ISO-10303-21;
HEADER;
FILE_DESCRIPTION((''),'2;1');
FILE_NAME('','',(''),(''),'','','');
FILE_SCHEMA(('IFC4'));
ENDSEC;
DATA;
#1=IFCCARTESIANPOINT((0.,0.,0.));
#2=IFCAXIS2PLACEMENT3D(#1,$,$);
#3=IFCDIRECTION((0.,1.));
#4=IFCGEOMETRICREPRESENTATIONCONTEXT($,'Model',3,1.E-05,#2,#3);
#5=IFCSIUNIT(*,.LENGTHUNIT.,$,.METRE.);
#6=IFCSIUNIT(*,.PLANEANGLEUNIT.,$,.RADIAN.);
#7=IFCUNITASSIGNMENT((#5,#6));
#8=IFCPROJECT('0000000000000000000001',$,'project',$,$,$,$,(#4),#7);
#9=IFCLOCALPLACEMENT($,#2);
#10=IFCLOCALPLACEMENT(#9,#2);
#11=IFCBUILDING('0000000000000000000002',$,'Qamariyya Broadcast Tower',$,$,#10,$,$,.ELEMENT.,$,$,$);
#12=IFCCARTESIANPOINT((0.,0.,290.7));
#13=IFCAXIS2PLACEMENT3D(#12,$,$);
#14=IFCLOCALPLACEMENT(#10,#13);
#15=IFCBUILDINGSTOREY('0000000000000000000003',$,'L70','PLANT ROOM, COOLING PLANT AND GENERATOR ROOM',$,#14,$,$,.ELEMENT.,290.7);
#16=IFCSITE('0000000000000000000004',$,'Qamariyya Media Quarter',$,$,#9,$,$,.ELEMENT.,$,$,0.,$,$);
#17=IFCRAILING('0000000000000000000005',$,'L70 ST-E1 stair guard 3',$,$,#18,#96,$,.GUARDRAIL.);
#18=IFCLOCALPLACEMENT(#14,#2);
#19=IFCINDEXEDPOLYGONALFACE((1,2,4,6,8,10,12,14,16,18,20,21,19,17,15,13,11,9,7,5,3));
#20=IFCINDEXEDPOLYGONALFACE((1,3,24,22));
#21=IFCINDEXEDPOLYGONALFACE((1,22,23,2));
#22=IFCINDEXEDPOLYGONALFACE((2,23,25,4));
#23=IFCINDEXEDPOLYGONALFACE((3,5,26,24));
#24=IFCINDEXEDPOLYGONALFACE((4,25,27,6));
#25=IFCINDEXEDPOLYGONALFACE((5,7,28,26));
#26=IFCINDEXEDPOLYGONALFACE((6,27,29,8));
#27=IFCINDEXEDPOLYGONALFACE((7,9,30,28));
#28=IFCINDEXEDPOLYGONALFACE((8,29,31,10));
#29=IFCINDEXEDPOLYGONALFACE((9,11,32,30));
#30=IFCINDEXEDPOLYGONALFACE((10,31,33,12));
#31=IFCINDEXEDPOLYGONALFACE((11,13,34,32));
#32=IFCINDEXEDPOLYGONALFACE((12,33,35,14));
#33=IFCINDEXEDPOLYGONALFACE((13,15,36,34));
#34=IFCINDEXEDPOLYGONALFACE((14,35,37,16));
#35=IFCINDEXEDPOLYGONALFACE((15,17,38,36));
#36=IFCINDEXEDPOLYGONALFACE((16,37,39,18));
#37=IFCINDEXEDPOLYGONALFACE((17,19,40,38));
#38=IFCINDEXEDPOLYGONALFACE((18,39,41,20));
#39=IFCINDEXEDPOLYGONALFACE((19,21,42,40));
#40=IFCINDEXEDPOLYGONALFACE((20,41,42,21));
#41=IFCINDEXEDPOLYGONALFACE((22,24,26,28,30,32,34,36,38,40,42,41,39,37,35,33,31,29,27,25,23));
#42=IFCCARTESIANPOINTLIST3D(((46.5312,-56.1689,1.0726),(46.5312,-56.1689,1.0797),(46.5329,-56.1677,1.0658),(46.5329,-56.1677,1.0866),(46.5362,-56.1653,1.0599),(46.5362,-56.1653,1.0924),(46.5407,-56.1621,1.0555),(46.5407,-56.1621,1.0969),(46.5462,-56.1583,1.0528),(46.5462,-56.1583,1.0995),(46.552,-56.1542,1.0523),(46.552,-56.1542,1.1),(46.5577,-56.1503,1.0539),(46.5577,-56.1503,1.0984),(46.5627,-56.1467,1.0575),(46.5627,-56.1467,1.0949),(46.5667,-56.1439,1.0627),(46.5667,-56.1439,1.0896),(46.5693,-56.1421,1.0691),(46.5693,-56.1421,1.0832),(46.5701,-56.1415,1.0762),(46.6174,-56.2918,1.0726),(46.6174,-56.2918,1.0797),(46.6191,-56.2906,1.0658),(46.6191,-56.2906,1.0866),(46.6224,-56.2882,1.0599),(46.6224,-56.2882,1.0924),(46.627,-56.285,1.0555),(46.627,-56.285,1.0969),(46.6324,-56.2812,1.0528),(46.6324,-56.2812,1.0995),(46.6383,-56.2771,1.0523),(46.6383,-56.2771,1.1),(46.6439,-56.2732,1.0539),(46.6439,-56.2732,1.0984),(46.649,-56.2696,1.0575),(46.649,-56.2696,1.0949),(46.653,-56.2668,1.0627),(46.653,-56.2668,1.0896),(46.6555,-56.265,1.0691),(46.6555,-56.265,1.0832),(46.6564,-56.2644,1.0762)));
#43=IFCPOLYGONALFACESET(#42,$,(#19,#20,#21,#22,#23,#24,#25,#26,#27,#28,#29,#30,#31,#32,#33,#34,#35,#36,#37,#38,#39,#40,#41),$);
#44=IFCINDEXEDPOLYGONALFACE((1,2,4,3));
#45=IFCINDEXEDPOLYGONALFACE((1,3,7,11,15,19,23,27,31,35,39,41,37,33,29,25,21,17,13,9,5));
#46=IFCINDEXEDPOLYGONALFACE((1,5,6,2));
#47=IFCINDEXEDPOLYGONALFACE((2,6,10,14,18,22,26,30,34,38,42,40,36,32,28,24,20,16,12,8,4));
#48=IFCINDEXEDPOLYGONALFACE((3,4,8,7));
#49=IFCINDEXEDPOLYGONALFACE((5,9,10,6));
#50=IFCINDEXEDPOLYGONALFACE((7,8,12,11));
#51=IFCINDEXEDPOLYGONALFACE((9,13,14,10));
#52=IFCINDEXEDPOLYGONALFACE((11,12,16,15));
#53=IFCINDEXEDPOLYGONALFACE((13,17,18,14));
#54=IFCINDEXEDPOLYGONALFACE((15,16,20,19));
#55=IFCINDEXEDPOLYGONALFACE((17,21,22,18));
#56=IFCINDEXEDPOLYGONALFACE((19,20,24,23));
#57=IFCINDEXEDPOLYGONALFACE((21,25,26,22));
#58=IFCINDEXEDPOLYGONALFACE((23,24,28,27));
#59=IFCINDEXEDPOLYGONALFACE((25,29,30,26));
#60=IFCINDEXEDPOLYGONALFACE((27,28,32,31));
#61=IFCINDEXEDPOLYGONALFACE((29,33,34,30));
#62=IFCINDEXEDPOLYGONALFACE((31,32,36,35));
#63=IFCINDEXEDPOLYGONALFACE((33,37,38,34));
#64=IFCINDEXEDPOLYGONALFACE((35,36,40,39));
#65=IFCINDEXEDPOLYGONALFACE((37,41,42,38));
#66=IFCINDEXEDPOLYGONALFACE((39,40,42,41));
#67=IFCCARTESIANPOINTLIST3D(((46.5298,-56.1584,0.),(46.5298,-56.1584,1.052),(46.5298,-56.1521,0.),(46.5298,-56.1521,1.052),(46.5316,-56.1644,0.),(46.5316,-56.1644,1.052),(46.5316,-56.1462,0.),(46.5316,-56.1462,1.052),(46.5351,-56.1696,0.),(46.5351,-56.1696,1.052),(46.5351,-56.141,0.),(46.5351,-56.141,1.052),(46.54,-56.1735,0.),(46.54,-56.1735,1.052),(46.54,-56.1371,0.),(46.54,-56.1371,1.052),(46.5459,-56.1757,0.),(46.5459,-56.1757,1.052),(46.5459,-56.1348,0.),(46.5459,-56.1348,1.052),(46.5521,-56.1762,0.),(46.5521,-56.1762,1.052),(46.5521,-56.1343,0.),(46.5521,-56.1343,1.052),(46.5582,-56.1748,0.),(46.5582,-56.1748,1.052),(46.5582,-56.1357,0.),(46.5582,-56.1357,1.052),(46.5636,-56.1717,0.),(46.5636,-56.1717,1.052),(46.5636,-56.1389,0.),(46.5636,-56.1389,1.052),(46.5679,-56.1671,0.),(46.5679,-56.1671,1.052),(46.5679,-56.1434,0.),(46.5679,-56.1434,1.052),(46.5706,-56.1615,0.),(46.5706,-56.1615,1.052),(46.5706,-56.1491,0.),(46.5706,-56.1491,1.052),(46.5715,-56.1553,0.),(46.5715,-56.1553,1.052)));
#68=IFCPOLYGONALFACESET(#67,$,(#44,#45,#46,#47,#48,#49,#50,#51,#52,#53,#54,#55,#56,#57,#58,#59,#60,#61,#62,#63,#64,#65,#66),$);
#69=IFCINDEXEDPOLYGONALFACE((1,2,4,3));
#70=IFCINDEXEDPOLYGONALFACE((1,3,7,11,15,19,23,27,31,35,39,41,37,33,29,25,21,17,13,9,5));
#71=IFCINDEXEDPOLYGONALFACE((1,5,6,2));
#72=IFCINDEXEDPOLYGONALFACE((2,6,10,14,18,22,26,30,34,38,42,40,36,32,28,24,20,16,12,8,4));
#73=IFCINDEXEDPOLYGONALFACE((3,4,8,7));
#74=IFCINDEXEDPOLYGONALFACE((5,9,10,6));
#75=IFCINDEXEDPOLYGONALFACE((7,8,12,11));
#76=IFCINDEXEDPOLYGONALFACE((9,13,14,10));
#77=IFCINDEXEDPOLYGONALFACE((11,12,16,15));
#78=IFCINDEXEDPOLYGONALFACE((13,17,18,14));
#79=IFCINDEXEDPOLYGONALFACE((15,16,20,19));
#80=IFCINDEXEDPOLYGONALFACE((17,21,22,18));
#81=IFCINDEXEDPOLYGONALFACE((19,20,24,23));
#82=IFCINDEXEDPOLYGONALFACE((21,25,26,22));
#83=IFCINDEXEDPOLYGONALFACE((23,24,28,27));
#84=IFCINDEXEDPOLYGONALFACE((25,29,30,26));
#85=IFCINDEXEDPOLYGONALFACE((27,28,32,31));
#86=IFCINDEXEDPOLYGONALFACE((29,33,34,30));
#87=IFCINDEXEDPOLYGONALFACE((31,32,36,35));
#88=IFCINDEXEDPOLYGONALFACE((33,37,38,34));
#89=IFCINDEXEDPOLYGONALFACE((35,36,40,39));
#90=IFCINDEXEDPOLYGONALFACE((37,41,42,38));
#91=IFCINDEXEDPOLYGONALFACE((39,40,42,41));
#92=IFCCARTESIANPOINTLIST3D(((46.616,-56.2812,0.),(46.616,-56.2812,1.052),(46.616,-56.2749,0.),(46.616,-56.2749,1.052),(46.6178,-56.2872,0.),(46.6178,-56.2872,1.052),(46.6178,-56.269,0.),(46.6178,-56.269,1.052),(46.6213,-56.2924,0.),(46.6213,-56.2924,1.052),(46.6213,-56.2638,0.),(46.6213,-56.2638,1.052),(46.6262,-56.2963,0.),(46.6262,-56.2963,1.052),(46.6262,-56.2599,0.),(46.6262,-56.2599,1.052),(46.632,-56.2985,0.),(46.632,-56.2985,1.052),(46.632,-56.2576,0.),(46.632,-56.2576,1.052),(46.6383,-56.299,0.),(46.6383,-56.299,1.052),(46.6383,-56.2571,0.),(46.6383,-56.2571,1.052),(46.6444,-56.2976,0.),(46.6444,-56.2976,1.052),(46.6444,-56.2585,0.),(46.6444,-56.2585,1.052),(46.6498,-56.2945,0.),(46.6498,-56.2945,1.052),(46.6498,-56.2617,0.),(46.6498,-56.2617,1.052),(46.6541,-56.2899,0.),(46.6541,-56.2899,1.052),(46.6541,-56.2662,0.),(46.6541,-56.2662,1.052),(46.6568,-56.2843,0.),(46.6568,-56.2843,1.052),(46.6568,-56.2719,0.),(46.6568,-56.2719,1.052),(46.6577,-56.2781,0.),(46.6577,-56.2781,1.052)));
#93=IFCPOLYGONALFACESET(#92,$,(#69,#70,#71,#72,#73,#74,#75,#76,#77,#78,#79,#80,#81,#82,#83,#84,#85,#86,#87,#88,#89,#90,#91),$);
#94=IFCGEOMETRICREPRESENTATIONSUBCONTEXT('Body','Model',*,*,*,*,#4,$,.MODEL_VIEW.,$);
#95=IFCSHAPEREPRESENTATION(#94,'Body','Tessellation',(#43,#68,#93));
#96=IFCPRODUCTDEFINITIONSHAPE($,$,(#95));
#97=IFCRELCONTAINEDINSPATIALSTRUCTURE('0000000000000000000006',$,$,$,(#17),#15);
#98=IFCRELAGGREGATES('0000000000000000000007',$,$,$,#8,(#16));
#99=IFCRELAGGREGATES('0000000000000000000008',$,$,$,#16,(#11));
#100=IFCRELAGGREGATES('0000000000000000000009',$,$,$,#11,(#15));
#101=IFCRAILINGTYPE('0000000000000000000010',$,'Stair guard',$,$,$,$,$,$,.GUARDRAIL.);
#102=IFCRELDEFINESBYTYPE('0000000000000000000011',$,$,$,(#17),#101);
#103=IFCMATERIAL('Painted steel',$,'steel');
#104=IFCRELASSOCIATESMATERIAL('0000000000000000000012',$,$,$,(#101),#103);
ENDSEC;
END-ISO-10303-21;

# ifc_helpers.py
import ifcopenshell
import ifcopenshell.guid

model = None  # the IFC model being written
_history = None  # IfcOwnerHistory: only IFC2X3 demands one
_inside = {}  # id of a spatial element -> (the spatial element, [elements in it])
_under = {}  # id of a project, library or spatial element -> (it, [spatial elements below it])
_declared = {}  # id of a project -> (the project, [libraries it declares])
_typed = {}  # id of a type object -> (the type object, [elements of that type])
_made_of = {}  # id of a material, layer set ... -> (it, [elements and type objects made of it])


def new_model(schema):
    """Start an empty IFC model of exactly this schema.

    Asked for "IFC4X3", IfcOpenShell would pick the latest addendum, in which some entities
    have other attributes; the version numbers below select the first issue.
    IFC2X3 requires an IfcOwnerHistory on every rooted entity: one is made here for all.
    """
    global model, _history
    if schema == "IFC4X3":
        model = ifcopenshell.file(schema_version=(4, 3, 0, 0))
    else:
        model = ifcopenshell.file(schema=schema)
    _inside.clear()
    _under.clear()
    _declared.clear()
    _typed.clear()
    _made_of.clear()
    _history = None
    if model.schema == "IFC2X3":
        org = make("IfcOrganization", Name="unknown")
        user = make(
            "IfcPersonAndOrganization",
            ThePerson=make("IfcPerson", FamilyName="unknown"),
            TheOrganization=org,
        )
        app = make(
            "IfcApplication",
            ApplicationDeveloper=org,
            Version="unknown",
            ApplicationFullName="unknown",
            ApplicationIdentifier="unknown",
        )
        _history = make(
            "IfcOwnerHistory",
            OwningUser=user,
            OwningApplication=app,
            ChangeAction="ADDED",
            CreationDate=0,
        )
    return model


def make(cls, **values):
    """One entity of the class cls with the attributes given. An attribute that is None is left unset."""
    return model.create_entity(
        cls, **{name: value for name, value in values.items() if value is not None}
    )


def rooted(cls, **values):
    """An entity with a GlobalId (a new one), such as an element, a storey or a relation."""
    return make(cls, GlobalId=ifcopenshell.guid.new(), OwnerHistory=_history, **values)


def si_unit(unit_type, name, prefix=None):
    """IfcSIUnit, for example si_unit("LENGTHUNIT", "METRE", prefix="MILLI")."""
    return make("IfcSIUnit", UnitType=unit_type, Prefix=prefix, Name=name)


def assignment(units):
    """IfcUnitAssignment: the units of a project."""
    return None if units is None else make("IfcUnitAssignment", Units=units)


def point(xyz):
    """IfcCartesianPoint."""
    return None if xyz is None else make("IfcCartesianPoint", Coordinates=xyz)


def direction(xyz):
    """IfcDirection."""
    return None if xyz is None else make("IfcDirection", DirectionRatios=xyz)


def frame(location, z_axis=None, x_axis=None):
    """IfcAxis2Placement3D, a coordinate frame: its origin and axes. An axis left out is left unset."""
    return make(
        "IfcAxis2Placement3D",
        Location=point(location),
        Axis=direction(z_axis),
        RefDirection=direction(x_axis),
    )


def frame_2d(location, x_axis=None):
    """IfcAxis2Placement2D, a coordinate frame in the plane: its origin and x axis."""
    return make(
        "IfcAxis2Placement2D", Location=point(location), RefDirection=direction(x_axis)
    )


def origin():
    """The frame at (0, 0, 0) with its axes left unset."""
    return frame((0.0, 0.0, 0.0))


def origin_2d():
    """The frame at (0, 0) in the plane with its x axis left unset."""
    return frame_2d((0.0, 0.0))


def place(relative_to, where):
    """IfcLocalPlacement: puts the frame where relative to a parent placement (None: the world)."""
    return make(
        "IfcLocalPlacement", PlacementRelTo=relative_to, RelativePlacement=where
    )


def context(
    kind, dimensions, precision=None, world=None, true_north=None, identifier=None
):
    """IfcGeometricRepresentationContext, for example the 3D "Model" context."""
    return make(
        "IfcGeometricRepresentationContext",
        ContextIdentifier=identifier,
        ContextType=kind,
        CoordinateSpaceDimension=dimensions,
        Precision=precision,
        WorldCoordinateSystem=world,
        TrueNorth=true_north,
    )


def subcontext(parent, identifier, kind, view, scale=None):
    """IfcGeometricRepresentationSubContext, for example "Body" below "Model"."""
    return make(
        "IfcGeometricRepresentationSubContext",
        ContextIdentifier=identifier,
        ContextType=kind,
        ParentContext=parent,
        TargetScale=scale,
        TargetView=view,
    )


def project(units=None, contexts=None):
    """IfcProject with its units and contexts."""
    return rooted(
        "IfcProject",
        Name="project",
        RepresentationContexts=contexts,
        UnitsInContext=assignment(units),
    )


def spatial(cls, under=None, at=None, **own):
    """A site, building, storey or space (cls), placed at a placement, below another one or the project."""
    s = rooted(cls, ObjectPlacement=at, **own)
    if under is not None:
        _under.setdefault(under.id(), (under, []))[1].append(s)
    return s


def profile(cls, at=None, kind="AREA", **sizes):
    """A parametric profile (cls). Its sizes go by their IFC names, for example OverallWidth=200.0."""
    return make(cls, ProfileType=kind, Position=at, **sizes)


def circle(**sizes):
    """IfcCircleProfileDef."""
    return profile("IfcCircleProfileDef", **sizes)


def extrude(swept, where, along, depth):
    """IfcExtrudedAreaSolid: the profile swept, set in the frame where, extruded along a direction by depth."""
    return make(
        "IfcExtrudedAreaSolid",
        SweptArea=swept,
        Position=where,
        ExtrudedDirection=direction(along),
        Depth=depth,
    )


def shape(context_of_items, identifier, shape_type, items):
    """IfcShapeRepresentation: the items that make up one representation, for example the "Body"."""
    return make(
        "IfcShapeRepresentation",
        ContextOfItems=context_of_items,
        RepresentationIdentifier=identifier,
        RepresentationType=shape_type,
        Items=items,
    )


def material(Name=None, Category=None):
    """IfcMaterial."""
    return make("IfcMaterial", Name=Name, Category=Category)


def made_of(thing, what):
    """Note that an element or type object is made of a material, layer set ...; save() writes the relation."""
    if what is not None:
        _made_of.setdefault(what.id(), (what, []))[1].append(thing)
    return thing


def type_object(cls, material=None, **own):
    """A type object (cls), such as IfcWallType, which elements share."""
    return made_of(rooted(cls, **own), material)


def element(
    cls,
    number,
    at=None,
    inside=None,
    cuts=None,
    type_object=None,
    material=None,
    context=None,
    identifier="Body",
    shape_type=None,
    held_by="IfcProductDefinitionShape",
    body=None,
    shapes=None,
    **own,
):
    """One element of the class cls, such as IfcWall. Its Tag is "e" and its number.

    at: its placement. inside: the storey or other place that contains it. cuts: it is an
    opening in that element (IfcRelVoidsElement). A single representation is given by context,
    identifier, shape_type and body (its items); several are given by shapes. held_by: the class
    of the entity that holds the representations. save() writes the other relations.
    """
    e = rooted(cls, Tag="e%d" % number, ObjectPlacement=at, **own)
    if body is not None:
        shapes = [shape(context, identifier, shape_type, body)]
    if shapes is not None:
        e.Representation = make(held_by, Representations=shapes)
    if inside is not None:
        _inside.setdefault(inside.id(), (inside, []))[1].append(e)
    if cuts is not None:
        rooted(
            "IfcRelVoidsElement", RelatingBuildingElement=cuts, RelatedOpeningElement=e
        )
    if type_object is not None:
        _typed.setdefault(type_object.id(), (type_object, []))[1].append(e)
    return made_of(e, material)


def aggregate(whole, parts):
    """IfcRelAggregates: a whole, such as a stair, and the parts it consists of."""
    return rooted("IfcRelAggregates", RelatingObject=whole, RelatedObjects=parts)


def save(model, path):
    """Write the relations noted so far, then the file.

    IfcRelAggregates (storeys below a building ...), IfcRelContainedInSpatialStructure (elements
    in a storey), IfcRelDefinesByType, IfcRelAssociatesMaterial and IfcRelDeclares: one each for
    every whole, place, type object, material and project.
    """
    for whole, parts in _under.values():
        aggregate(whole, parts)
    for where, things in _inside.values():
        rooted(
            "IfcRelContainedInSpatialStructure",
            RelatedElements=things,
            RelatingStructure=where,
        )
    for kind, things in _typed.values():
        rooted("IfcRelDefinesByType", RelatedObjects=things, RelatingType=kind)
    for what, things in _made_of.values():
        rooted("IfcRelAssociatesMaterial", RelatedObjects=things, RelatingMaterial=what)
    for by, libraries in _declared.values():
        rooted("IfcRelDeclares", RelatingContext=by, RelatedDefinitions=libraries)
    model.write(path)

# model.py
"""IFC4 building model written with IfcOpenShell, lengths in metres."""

from ifc_helpers import new_model, si_unit, direction, frame, origin, origin_2d, place, context, subcontext, project, spatial, circle, extrude, material, type_object, element, save


model = new_model("IFC4")

# Units and contexts
model_context = context("Model", 3, precision=1e-05, world=origin(), true_north=direction((0.0, 1.0)))
body_context = subcontext(model_context, "Body", "Model", "MODEL_VIEW")
ifc_project = project(units=[si_unit("LENGTHUNIT", "METRE"), si_unit("PLANEANGLEUNIT", "RADIAN")], contexts=[model_context])

# Site, building, storey
site_placement = place(None, origin())
site = spatial("IfcSite", under=ifc_project, at=site_placement, Name="Qamariyya Media Quarter", CompositionType="ELEMENT", RefElevation=0.0)
building_placement = place(site_placement, origin())
building = spatial("IfcBuilding", under=site, at=building_placement, Name="Qamariyya Broadcast Tower", CompositionType="ELEMENT")
storey_placement = place(building_placement, frame((0.0, 0.0, 290.7)))
storey = spatial("IfcBuildingStorey", under=building, at=storey_placement, Name="L70", Description="PLANT ROOM, COOLING PLANT AND GENERATOR ROOM", CompositionType="ELEMENT", Elevation=290.7)

# Railing
ifc_material_1 = material(Name="Painted steel", Category="steel")
railing_type_1 = type_object("IfcRailingType", Name="Stair guard", PredefinedType="GUARDRAIL", material=ifc_material_1)
railing_1_placement = place(storey_placement, frame((46.5505, -56.1553, 0.0)))
element("IfcRailing", 1, at=railing_1_placement, inside=storey, type_object=railing_type_1, Name="L70 ST-E1 stair guard 3", PredefinedType="GUARDRAIL", context=body_context, shape_type="SweptSolid", body=[
    extrude(circle(Radius=0.0239, at=origin_2d()), frame((0.0, 0.0, 1.0762), z_axis=(0.574445, -0.818543, 0.0), x_axis=(0.818543, 0.574445, 0.0)), (0.0, 0.0, 1.0), 0.1501),
    extrude(circle(Radius=0.021, at=origin_2d()), origin(), (0.0, 0.0, 1.0), 1.052),
    extrude(circle(Radius=0.021, at=origin_2d()), frame((0.0862, -0.1228, 0.0)), (0.0, 0.0, 1.0), 1.052),
])

save(model, "model.ifc")
